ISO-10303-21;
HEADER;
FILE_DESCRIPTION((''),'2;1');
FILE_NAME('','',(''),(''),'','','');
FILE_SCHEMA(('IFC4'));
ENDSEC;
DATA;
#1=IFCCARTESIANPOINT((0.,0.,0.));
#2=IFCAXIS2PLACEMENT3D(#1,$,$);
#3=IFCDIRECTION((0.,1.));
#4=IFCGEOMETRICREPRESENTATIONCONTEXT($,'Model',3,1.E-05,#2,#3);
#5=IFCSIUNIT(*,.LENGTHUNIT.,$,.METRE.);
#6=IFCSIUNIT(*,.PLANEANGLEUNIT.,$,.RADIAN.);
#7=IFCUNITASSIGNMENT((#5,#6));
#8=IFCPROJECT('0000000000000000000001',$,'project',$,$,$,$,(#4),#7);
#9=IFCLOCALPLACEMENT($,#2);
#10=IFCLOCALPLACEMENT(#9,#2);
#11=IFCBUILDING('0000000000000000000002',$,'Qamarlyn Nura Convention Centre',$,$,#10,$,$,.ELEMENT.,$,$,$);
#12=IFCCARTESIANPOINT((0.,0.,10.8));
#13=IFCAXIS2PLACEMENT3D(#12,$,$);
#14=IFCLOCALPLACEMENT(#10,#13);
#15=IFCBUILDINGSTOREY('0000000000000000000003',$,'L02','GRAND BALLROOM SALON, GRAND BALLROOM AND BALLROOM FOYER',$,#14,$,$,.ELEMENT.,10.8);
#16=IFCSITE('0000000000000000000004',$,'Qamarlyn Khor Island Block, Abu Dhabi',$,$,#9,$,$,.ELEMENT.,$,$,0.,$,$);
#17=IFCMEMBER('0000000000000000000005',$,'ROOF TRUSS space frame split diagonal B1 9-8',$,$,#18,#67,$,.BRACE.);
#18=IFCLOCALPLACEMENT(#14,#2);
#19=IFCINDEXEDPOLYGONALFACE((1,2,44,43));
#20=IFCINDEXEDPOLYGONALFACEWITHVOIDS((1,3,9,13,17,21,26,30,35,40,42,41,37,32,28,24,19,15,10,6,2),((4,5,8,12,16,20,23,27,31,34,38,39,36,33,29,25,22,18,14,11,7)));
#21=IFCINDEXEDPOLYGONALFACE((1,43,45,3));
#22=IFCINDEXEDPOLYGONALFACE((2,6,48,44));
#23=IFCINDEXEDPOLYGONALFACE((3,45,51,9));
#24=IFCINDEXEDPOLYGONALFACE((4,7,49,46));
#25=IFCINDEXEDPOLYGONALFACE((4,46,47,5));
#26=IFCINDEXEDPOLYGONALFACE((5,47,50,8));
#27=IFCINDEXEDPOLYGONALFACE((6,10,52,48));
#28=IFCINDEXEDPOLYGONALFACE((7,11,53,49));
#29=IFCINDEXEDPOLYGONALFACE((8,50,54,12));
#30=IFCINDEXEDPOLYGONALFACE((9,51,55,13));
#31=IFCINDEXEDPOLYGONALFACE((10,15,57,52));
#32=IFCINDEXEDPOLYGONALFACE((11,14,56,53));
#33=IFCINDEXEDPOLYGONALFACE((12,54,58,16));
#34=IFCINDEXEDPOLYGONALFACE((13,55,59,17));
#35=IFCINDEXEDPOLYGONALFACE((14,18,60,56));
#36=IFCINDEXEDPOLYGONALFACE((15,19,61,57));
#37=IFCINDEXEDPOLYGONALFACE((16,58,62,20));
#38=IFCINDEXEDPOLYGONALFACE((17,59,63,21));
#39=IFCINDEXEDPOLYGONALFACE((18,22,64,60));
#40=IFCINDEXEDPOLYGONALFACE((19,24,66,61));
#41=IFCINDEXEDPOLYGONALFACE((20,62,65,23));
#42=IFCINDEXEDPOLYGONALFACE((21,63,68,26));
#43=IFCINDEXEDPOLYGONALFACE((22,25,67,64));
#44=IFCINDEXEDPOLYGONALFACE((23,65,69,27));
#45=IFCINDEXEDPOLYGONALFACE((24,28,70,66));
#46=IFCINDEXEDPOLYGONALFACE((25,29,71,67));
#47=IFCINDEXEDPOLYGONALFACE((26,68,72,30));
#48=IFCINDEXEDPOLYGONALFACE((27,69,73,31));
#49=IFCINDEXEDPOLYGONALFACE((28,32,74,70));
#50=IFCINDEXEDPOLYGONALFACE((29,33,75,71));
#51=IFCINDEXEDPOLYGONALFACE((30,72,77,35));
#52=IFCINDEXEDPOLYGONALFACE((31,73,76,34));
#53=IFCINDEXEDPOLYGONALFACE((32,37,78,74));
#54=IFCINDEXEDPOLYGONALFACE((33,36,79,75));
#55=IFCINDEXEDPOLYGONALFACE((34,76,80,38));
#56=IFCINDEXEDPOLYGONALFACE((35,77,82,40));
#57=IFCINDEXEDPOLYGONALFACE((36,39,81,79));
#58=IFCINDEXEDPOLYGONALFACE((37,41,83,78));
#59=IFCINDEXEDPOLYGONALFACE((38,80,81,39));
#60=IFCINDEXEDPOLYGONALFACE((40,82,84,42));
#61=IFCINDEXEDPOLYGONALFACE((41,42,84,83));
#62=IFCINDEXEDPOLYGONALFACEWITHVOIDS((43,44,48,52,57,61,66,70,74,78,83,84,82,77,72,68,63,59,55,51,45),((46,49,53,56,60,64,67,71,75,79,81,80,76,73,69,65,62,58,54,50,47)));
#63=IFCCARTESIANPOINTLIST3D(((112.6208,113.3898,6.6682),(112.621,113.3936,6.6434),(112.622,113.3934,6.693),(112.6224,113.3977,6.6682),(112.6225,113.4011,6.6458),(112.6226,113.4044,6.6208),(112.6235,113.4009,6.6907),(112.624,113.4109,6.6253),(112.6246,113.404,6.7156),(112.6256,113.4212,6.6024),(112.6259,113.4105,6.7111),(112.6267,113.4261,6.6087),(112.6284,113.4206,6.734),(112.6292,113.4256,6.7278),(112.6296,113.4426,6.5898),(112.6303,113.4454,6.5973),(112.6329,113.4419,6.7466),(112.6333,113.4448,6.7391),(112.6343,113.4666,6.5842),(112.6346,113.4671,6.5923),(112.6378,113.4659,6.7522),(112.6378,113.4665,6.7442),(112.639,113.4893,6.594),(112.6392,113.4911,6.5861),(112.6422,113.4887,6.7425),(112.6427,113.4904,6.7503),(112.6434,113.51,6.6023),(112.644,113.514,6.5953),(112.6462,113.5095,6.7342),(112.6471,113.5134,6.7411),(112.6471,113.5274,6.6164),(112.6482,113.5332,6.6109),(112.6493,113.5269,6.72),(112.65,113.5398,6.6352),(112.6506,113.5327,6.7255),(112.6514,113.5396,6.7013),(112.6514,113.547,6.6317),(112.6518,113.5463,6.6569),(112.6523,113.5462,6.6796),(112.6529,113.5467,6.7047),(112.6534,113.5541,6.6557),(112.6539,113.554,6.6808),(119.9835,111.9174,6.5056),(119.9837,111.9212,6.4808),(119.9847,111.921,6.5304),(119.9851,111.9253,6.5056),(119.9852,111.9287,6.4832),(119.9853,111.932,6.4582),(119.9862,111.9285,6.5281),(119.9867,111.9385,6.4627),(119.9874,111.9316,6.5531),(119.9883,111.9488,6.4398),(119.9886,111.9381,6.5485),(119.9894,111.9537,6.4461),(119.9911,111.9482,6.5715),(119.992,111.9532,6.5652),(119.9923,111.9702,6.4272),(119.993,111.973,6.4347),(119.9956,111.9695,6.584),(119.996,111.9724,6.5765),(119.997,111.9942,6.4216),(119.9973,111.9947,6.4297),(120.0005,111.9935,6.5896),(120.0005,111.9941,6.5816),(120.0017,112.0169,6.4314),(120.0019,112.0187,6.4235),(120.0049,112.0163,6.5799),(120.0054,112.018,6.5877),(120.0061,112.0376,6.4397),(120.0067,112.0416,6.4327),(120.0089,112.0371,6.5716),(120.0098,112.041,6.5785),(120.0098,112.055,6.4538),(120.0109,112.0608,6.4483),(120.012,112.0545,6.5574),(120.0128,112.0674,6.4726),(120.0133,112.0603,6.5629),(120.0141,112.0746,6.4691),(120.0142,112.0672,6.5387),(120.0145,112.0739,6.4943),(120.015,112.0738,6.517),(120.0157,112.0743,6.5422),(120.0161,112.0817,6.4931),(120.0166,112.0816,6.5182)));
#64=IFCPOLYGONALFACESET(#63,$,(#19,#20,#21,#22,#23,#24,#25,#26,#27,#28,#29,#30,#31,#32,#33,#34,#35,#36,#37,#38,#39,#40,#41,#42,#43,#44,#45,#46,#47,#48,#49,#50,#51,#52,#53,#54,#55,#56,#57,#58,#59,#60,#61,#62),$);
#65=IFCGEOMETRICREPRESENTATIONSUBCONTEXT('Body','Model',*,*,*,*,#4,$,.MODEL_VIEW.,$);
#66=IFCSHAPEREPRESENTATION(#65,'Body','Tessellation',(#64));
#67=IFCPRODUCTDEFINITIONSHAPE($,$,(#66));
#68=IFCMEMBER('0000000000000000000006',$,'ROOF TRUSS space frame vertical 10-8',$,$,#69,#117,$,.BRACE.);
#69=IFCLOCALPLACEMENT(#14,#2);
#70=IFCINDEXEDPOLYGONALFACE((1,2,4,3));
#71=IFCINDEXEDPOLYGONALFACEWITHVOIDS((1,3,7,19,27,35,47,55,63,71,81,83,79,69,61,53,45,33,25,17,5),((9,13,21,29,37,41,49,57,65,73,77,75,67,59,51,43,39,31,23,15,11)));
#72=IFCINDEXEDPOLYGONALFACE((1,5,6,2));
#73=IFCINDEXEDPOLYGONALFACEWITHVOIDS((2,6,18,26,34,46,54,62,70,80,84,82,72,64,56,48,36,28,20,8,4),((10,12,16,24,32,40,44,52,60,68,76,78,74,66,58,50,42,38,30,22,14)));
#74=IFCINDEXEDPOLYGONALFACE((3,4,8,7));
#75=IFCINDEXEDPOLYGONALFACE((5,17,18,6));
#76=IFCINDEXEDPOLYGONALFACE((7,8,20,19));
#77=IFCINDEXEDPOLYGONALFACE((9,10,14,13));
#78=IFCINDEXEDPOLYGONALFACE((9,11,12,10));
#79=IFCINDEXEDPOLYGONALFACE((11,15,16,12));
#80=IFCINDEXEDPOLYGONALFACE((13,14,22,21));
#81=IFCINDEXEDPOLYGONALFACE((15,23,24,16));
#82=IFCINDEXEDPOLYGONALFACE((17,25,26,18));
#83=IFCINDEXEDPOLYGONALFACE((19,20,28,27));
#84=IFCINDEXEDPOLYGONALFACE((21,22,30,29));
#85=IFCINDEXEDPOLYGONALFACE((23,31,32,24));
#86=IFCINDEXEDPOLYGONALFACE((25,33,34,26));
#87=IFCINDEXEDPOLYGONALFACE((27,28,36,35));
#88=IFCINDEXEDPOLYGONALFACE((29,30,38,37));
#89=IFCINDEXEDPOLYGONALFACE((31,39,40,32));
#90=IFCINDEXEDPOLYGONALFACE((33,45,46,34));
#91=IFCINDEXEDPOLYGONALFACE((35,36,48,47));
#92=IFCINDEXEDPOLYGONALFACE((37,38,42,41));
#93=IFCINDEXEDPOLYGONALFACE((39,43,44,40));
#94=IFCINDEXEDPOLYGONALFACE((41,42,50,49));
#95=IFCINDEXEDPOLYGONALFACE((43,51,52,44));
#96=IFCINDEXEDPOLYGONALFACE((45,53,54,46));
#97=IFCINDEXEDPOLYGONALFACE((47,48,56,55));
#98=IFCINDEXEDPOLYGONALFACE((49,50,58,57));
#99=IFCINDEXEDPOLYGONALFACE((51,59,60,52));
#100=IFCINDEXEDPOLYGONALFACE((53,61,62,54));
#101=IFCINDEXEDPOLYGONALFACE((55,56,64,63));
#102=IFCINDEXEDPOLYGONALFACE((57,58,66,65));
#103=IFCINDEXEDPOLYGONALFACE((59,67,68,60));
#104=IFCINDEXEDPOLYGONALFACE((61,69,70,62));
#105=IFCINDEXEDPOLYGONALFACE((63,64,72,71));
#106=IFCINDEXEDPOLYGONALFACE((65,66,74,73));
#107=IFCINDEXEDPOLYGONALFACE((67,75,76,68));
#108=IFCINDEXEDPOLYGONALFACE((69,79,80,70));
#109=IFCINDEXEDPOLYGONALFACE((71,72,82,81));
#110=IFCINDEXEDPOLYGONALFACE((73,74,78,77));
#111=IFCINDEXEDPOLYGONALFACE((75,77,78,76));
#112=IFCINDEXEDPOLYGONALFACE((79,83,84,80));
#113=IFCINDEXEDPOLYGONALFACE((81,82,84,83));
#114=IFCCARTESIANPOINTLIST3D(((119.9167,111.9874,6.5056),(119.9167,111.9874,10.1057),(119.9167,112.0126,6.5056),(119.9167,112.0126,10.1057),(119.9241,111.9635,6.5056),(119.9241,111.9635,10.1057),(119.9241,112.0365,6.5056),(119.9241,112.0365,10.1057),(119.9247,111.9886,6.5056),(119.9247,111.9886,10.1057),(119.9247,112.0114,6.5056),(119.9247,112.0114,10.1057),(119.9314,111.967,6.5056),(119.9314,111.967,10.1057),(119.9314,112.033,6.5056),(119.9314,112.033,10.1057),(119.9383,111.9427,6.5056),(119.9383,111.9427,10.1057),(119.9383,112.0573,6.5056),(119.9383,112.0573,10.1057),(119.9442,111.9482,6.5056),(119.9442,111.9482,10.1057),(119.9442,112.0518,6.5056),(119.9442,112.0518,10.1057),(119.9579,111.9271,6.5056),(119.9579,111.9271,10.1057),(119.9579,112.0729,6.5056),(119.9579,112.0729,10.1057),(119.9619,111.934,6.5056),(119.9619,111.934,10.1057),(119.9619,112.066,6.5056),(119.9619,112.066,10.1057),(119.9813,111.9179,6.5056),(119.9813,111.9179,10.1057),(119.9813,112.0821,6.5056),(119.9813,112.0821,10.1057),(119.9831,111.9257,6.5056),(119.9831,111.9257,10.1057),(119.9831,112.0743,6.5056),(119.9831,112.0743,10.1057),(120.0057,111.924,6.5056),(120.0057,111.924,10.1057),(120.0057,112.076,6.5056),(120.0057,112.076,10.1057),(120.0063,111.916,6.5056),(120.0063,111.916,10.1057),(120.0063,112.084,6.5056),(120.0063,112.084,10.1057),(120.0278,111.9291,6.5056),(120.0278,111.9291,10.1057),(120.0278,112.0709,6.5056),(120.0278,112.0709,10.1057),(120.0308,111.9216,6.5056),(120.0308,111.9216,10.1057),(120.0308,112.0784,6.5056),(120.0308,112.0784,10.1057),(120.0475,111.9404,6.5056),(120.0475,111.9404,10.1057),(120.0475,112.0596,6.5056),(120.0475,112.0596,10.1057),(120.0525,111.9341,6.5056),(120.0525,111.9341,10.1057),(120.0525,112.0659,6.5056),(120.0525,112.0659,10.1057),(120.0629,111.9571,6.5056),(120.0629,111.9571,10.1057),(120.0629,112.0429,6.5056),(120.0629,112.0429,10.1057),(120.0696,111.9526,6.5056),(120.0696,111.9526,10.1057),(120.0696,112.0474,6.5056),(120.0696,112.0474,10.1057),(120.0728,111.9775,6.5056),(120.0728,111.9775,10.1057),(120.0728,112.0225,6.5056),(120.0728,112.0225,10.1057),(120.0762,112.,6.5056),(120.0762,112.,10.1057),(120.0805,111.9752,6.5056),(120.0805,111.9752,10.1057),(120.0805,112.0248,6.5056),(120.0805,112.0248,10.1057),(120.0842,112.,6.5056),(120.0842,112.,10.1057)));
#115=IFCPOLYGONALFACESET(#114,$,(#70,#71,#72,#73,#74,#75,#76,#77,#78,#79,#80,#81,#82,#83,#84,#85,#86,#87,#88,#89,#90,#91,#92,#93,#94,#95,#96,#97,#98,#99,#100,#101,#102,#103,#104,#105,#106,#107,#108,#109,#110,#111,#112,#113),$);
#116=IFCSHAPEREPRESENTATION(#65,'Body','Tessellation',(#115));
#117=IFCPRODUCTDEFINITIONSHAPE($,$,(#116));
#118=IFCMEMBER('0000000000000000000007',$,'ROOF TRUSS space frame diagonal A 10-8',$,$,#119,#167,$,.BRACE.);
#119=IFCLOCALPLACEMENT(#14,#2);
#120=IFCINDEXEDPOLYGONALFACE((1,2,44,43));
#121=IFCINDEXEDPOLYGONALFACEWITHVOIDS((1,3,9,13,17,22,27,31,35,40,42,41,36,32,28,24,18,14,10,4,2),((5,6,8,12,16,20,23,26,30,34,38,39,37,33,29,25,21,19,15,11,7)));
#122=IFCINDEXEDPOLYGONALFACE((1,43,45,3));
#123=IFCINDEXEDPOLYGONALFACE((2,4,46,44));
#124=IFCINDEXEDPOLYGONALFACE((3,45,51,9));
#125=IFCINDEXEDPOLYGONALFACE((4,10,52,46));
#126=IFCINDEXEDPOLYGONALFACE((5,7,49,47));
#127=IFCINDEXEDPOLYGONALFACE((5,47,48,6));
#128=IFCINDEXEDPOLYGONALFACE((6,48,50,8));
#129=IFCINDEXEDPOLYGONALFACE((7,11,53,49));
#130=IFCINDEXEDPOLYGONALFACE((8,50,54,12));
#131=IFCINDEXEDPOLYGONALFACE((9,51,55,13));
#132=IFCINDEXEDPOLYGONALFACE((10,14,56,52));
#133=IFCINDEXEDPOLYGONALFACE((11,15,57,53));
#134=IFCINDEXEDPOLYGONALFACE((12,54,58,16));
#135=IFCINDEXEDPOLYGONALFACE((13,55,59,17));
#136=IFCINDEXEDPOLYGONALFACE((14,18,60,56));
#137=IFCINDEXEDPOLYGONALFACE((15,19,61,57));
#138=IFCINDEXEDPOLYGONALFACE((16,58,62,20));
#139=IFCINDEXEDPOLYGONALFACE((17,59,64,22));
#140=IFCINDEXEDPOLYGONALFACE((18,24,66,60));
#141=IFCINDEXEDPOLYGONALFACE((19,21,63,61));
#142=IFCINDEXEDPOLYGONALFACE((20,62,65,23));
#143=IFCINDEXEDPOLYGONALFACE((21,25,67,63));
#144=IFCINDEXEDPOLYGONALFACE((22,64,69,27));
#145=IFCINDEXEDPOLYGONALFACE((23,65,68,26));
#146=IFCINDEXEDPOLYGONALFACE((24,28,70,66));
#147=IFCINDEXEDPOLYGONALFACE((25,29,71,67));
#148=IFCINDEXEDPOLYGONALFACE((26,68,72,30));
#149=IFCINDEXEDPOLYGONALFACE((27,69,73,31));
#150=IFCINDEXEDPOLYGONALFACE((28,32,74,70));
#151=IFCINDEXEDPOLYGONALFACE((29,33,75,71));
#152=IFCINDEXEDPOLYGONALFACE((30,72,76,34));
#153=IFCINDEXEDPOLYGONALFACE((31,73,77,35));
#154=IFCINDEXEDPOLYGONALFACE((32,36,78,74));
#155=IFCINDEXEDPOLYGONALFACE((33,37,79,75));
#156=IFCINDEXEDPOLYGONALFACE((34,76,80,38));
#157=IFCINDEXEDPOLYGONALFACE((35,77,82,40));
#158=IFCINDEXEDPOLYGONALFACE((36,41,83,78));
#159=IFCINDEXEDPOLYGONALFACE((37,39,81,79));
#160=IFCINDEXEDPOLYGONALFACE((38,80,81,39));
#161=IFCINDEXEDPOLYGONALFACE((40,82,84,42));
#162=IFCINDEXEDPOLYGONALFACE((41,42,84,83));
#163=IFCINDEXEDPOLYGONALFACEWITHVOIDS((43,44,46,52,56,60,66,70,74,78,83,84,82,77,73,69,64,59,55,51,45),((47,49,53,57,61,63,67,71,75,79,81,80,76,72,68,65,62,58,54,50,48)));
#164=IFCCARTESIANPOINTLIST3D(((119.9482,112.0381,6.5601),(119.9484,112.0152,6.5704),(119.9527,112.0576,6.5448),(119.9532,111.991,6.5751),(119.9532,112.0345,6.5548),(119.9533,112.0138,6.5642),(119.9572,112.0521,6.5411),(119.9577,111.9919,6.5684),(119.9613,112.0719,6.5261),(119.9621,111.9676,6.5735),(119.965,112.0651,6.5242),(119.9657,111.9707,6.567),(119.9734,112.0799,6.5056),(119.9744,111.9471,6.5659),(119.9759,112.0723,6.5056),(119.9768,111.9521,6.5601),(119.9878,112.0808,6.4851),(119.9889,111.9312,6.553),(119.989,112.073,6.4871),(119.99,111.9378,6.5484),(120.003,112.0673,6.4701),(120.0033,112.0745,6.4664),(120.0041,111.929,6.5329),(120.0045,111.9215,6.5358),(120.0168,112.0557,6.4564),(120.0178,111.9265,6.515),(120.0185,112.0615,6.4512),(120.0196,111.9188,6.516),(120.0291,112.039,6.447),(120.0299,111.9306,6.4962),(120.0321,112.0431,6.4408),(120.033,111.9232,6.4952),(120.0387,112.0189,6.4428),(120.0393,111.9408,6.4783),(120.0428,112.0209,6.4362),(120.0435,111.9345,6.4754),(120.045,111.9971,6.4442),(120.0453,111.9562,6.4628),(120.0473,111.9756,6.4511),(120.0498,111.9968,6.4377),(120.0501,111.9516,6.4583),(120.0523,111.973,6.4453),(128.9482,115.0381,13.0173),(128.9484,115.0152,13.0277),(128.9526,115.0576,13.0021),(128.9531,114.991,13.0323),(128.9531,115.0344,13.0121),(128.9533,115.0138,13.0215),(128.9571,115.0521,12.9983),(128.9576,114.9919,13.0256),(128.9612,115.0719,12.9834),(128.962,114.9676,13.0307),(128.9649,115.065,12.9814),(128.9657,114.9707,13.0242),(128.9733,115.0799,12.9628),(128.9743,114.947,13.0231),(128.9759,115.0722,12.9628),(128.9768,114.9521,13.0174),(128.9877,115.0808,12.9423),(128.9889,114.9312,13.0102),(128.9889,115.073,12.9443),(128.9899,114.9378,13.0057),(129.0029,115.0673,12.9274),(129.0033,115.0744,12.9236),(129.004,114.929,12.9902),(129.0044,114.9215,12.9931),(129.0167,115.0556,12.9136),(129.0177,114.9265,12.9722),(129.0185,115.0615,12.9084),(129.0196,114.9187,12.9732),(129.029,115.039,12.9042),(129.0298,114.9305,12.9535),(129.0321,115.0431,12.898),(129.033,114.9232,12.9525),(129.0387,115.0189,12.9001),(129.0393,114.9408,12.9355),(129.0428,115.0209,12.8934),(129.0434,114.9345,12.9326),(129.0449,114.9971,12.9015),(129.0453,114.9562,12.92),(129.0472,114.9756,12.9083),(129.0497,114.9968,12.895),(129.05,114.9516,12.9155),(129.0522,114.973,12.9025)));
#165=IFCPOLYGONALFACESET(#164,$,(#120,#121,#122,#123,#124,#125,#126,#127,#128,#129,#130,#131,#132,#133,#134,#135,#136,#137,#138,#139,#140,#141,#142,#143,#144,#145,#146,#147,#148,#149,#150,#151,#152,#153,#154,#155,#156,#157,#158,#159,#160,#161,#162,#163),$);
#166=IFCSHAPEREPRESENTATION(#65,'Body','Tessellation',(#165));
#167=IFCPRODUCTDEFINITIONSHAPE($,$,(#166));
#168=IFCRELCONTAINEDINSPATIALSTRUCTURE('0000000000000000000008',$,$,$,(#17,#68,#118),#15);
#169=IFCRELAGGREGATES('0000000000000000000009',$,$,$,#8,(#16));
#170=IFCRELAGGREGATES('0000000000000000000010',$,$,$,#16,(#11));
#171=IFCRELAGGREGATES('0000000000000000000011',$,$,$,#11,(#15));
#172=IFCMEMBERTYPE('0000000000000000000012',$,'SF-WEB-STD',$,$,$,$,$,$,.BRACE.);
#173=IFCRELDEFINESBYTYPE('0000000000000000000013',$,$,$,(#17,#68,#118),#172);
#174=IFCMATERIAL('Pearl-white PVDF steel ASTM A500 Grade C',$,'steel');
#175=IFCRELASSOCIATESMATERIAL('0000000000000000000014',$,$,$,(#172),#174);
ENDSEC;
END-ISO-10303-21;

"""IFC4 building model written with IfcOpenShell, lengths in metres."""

from ifc_helpers import new_model, si_unit, direction, frame, origin, origin_2d, place, context, subcontext, project, spatial, hollow_circle, extrude, material, material_profile, profile_set, type_object, element, save


model = new_model("IFC4")

# Units and contexts
model_context = context("Model", 3, precision=1e-05, world=origin(), true_north=direction((0.0, 1.0)))
body_context = subcontext(model_context, "Body", "Model", "MODEL_VIEW")
ifc_project = project(units=[si_unit("LENGTHUNIT", "METRE"), si_unit("PLANEANGLEUNIT", "RADIAN")], contexts=[model_context])

# Site, building, storey
site_placement = place(None, origin())
site = spatial("IfcSite", under=ifc_project, at=site_placement, Name="Qamarlyn Khor Island Block, Abu Dhabi", CompositionType="ELEMENT", RefElevation=0.0)
building_placement = place(site_placement, origin())
building = spatial("IfcBuilding", under=site, at=building_placement, Name="Qamarlyn Nura Convention Centre", CompositionType="ELEMENT")
storey_placement = place(building_placement, frame((0.0, 0.0, 10.8)))
storey = spatial("IfcBuildingStorey", under=building, at=storey_placement, Name="L02", Description="GRAND BALLROOM SALON, GRAND BALLROOM AND BALLROOM FOYER", CompositionType="ELEMENT", Elevation=10.8)

# Members
ifc_material_1 = material(Name="Pearl-white PVDF steel ASTM A500 Grade C", Category="steel")
ifc_material_profile_1 = material_profile(ifc_material_1, hollow_circle(Radius=0.0842, WallThickness=0.0081, at=origin_2d()), Name="CHS168.3X8")
ifc_profile_set_1 = profile_set([ifc_material_profile_1], Name="Pearl-white PVDF steel ASTM A500 Grade C")
member_type_1 = type_object("IfcMemberType", Name="SF-WEB-STD", PredefinedType="BRACE", material=ifc_profile_set_1)
member_1_placement = place(storey_placement, frame((120.0, 112.0, 6.5056), z_axis=(-0.980355, 0.196051, 0.02165), x_axis=(-0.196097, -0.980584, 0.0)))
element("IfcMember", 1, at=member_1_placement, inside=storey, type_object=member_type_1, Name="ROOF TRUSS space frame split diagonal B1 9-8", PredefinedType="BRACE", context=body_context, shape_type="SweptSolid", body=[
    extrude(hollow_circle(Radius=0.0842, WallThickness=0.0081, at=origin_2d()), origin(), (0.0, 0.0, 1.0), 7.5103),
])
member_2_placement = place(storey_placement, frame((120.0, 112.0, 6.5056), z_axis=(0.0, 0.0, 1.0), x_axis=(1.0, 0.0, 0.0)))
element("IfcMember", 2, at=member_2_placement, inside=storey, type_object=member_type_1, Name="ROOF TRUSS space frame vertical 10-8", PredefinedType="BRACE", context=body_context, shape_type="SweptSolid", body=[
    extrude(hollow_circle(Radius=0.0842, WallThickness=0.0081, at=origin_2d()), origin(), (0.0, 0.0, 1.0), 3.6001),
])
member_3_placement = place(storey_placement, frame((120.0, 112.0, 6.5056), z_axis=(0.784252, 0.261417, 0.562681), x_axis=(-0.316228, 0.948683, 0.0)))
element("IfcMember", 3, at=member_3_placement, inside=storey, type_object=member_type_1, Name="ROOF TRUSS space frame diagonal A 10-8", PredefinedType="BRACE", context=body_context, shape_type="SweptSolid", body=[
    extrude(hollow_circle(Radius=0.0842, WallThickness=0.0081, at=origin_2d()), origin(), (0.0, 0.0, 1.0), 11.4758),
])

save(model, "model.ifc")
